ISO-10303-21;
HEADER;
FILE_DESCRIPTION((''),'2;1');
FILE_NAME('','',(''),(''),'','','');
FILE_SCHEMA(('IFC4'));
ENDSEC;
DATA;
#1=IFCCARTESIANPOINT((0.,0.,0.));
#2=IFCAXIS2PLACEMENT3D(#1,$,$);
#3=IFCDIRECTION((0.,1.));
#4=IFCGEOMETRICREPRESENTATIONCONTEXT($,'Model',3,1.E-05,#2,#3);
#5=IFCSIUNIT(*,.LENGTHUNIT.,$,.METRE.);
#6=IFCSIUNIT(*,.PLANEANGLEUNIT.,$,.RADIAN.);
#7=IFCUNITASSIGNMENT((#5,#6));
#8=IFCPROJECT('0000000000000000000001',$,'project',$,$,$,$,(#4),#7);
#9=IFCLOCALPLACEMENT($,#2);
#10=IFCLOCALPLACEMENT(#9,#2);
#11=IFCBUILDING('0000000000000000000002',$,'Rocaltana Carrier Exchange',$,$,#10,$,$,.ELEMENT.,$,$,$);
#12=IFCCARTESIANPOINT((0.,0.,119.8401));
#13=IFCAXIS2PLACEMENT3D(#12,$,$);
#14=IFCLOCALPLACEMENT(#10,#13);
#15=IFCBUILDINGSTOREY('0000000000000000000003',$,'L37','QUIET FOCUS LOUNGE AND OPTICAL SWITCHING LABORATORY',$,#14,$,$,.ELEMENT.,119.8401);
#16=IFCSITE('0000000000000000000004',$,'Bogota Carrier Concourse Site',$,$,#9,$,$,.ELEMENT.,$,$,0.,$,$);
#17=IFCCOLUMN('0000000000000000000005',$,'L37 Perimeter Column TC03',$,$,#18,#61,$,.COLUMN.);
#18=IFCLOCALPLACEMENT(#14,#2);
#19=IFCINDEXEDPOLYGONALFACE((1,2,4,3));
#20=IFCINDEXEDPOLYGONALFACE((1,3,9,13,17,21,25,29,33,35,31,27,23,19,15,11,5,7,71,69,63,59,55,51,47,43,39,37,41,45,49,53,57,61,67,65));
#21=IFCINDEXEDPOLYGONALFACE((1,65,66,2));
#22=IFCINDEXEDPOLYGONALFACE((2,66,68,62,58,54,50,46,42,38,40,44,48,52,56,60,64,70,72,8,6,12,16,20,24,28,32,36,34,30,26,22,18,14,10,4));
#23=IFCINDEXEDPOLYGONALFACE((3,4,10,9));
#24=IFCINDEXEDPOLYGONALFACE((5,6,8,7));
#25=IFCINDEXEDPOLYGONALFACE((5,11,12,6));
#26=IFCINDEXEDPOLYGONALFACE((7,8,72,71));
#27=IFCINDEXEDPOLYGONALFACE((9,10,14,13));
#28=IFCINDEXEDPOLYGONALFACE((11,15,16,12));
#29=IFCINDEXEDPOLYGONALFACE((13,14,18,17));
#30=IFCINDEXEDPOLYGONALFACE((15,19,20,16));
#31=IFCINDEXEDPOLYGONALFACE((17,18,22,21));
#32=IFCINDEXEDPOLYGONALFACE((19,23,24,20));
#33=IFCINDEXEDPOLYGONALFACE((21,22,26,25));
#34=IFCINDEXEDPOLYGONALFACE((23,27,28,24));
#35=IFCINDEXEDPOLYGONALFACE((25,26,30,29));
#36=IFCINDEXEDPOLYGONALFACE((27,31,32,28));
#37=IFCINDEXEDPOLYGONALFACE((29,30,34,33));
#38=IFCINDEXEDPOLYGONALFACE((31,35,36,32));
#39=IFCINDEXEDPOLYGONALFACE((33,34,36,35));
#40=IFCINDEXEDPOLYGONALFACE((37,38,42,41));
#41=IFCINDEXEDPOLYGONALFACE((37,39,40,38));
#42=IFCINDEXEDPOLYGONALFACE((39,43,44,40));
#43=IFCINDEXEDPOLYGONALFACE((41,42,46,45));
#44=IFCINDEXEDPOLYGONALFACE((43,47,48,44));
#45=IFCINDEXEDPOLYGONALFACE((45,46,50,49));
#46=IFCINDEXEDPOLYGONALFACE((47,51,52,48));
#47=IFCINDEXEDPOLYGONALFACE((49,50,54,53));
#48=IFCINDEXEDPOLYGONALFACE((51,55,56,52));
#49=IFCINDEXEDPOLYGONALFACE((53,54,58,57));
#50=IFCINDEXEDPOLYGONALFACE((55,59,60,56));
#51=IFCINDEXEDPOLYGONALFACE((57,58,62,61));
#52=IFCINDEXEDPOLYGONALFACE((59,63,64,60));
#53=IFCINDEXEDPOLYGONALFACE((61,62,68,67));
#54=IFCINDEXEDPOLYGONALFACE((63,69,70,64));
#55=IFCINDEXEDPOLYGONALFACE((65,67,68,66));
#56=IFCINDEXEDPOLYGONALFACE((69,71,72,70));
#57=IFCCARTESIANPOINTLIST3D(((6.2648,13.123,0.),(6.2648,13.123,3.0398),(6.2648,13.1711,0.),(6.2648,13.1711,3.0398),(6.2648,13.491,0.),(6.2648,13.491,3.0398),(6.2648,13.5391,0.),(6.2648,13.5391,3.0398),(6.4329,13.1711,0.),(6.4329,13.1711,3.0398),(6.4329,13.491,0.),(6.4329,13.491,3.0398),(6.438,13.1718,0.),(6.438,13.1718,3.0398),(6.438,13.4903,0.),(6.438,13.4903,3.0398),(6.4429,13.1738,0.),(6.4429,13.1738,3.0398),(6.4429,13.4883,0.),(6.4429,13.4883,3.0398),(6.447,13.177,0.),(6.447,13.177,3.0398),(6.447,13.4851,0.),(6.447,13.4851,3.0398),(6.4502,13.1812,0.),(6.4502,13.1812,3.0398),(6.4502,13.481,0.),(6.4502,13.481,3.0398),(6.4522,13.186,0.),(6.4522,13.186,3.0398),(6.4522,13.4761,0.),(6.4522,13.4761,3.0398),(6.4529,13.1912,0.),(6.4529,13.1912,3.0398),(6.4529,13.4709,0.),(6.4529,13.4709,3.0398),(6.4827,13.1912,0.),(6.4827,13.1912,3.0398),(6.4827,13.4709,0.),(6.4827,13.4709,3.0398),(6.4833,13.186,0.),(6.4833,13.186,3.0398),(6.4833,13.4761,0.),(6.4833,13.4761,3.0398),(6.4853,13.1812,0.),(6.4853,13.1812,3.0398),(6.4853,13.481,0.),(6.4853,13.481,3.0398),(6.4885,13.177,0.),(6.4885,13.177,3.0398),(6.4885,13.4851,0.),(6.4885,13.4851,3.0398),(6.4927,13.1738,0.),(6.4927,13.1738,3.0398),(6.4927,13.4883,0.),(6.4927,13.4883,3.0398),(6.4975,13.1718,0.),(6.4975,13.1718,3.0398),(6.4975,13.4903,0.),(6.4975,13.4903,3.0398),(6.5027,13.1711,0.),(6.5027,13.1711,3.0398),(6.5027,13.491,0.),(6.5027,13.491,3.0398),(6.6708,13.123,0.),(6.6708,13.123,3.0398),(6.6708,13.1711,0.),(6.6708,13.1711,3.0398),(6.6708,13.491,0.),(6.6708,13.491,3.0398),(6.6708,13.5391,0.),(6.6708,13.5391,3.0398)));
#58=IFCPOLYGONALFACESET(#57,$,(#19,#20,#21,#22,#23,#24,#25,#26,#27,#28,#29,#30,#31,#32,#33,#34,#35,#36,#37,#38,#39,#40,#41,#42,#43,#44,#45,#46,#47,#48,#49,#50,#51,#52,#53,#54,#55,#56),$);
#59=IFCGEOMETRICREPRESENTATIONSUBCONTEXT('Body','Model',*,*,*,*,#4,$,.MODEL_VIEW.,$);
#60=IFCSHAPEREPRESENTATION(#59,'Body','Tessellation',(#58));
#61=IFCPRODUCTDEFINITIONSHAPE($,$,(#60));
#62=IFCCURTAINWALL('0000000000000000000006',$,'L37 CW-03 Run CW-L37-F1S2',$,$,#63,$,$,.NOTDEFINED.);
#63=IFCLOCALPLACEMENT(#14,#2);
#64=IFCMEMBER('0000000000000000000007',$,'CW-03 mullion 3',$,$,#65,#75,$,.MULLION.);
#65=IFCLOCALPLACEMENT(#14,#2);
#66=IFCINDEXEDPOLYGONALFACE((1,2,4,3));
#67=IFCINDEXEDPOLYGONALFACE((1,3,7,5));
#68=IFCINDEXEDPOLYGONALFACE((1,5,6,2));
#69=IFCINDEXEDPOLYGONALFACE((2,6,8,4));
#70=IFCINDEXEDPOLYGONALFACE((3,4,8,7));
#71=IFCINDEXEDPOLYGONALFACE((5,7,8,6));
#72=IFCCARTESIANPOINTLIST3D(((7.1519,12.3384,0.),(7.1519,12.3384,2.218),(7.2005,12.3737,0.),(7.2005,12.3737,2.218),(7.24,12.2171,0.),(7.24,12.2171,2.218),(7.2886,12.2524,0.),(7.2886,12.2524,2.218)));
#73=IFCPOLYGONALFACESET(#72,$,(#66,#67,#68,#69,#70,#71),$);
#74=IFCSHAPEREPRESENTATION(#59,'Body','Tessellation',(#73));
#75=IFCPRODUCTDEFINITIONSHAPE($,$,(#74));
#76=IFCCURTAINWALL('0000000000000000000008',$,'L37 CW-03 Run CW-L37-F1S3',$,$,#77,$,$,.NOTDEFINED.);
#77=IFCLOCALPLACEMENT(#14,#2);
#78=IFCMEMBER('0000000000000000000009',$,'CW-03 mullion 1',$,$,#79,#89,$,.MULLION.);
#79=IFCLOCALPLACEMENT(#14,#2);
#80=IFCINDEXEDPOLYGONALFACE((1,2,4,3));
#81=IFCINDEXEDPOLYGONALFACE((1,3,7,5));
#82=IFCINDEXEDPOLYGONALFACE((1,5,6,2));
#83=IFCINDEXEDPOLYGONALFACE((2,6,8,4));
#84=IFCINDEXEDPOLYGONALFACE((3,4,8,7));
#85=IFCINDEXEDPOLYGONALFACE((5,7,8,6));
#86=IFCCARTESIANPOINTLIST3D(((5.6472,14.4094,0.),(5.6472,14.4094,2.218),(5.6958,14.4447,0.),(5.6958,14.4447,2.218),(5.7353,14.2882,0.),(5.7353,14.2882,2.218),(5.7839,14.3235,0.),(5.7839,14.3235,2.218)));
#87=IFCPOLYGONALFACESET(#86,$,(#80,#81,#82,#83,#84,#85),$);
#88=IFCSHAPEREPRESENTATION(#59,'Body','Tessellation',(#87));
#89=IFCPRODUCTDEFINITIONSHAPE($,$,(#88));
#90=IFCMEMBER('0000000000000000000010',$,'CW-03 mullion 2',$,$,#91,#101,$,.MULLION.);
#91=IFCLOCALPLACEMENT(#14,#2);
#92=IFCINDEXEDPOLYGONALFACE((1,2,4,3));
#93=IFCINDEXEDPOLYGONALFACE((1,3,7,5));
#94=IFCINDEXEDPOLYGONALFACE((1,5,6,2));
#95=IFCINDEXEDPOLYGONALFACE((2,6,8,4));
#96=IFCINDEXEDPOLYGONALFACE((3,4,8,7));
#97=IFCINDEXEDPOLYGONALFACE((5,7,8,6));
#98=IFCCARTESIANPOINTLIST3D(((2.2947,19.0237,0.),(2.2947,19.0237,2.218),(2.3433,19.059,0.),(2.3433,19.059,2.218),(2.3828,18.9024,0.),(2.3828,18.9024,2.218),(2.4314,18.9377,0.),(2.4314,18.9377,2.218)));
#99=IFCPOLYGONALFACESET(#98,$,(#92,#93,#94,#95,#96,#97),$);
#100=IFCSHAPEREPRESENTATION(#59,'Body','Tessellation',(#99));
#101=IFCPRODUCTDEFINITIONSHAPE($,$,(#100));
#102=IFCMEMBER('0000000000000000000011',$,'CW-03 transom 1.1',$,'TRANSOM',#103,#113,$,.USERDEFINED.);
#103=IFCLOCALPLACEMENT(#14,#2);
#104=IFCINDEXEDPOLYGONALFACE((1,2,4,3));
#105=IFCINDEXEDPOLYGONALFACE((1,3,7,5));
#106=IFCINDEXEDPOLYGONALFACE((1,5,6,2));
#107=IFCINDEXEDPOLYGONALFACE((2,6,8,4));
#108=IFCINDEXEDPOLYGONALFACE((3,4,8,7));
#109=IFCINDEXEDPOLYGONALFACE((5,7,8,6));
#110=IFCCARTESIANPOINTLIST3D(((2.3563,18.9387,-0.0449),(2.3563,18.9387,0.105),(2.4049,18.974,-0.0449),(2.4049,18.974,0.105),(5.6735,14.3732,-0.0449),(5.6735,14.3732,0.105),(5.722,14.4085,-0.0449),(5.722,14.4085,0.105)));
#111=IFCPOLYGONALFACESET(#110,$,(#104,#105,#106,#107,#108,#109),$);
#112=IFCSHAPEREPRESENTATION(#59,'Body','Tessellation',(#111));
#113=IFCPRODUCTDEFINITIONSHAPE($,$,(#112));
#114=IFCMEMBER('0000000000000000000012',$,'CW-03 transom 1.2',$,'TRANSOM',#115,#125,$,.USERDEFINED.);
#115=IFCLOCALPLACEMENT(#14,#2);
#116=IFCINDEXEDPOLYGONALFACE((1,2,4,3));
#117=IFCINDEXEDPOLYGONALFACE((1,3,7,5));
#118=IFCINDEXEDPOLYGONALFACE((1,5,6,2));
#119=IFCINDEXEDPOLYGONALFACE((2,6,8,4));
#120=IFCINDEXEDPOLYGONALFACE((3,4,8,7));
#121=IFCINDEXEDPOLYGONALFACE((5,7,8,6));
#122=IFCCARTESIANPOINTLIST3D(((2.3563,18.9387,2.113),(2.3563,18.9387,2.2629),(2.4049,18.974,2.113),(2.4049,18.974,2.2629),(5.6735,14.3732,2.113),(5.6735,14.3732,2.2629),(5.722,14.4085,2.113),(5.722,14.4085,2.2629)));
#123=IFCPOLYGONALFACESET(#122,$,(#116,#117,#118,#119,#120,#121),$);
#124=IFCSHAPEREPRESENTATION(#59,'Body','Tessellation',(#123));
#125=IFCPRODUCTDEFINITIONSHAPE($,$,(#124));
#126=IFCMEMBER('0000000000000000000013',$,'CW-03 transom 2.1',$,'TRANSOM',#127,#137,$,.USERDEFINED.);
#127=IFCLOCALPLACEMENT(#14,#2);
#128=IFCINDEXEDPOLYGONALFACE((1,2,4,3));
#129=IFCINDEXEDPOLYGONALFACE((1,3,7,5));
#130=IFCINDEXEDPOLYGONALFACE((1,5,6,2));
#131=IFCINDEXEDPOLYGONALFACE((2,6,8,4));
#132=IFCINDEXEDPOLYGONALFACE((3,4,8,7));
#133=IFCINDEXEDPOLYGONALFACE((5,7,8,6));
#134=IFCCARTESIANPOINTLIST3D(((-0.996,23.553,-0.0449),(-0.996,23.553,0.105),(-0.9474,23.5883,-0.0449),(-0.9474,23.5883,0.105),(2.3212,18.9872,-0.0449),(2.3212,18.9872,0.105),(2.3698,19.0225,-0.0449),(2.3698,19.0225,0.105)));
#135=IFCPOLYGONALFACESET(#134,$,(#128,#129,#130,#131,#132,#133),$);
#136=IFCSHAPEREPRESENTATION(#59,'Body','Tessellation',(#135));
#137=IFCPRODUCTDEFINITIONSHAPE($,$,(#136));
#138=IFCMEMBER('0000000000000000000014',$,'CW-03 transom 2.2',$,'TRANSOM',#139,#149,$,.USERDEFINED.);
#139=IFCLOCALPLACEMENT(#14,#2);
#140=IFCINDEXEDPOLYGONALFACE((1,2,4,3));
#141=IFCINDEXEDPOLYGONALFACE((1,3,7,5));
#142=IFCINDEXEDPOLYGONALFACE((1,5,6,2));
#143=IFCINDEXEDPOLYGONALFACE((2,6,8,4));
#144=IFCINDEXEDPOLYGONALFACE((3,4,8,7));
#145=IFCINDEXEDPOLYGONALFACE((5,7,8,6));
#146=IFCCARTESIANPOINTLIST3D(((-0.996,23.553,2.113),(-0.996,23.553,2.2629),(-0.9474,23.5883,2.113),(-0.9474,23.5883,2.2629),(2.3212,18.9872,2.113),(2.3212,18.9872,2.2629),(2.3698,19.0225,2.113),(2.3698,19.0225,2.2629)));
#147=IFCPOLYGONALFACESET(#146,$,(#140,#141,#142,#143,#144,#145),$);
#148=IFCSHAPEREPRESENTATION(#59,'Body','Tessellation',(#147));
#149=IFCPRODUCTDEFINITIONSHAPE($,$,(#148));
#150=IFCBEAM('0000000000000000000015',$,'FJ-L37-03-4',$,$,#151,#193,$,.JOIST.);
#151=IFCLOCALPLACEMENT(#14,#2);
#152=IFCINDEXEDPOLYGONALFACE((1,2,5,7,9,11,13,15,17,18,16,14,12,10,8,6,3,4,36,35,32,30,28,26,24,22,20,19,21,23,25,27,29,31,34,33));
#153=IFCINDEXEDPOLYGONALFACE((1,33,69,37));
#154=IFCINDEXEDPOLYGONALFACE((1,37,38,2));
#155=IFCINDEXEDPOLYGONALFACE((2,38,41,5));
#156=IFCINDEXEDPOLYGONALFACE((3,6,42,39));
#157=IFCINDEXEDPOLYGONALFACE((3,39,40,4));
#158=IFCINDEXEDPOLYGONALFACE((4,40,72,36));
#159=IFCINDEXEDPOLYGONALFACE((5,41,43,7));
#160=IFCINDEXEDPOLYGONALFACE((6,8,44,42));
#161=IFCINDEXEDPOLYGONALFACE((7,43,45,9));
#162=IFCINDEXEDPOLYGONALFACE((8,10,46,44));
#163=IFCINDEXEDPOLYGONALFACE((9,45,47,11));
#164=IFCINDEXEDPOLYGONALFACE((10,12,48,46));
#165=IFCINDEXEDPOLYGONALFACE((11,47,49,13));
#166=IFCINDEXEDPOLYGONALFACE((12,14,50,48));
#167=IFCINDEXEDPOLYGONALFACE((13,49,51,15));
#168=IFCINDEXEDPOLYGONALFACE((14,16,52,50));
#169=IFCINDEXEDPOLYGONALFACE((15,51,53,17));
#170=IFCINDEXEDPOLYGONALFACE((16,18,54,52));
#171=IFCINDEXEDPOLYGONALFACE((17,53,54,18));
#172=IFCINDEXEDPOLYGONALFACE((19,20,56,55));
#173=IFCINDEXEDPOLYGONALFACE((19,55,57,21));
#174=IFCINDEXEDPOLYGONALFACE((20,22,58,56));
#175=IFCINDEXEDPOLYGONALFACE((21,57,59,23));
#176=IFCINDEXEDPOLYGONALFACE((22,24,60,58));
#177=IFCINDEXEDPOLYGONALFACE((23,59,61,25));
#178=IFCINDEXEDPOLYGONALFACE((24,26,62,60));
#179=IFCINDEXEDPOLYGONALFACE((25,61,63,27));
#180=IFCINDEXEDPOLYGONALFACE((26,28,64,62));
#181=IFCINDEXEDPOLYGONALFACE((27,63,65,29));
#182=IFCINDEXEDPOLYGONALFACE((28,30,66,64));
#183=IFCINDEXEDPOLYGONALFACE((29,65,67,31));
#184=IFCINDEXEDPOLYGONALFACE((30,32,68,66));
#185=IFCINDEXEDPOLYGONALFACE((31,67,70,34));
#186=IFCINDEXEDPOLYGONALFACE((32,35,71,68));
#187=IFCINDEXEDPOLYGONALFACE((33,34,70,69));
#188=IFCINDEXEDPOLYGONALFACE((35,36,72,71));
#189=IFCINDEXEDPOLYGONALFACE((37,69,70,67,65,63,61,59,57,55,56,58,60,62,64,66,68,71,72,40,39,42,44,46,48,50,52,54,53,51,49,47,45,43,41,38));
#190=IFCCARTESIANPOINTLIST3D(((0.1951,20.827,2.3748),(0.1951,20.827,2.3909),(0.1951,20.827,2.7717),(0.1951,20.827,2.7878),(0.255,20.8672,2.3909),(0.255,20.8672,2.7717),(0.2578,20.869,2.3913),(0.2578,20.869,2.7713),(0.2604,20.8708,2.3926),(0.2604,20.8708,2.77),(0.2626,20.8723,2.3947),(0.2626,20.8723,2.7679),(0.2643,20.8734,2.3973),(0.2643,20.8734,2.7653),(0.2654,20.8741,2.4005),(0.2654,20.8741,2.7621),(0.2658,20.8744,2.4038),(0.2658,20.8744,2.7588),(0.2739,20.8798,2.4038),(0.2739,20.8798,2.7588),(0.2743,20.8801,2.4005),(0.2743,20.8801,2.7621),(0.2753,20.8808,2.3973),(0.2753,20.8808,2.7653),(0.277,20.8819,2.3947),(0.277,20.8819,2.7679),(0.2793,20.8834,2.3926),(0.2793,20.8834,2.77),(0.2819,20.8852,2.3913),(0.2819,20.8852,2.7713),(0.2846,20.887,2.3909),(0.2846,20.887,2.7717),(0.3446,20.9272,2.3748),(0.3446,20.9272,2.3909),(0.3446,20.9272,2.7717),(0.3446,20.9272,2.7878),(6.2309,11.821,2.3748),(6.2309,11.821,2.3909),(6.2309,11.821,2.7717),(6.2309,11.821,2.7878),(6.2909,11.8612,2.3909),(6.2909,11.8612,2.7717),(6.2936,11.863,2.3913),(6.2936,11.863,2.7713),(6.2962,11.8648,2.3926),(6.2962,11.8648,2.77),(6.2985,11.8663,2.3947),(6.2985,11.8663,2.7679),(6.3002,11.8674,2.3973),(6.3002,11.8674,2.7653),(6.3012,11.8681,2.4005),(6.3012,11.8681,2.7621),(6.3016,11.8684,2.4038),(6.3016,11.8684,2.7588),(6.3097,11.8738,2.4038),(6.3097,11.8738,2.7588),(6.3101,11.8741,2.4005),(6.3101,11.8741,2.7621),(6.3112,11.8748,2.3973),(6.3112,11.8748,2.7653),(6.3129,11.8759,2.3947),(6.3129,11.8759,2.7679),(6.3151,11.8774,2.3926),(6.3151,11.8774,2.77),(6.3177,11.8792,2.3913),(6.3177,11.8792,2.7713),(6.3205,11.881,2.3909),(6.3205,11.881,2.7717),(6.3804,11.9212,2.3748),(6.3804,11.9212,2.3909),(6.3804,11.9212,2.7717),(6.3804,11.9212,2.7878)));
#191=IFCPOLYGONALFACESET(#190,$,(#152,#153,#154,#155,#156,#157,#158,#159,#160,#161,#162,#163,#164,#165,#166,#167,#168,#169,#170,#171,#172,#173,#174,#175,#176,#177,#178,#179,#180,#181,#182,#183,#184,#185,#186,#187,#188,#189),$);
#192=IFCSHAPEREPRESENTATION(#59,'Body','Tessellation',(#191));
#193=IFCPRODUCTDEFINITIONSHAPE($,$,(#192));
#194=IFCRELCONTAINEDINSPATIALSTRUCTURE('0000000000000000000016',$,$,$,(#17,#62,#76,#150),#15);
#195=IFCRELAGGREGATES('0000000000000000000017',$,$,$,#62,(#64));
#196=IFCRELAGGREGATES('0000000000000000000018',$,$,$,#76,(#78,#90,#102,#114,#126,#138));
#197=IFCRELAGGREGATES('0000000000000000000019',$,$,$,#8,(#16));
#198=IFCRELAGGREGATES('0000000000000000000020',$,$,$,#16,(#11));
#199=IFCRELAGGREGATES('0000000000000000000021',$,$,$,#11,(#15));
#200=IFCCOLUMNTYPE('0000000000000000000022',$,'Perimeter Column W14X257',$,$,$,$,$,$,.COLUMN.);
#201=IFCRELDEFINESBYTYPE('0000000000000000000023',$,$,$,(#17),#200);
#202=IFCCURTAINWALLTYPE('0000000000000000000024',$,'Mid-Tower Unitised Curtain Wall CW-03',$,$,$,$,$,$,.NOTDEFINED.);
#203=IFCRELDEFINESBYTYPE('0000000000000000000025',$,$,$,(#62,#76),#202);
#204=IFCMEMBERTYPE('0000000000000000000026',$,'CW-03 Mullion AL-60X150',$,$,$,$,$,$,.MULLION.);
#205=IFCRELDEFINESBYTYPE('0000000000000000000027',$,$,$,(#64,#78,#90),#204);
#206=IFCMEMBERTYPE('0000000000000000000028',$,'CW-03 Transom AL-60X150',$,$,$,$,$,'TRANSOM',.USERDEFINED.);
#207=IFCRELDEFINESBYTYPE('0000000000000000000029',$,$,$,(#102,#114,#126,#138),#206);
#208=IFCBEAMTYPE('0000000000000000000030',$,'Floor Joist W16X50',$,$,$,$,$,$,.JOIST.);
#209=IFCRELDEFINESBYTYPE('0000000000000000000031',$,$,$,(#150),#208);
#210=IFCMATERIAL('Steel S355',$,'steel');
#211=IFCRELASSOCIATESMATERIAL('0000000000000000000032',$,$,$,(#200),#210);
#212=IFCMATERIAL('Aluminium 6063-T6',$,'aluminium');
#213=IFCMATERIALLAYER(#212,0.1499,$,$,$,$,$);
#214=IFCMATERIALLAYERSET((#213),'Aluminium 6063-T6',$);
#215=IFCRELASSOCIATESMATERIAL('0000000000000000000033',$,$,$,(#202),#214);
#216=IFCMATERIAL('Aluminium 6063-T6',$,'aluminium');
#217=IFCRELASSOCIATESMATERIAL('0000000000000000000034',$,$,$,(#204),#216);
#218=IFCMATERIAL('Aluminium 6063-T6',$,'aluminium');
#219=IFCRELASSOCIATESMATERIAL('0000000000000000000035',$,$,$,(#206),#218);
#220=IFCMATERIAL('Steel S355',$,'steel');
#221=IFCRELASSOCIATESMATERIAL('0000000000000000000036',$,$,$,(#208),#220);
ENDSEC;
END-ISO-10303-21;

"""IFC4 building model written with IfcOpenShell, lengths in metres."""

from ifc_helpers import new_model, si_unit, direction, frame, origin, origin_2d, place, context, subcontext, project, spatial, rectangle, i_section, extrude, material, layer, layer_set, material_profile, profile_set, type_object, element, aggregate, save


model = new_model("IFC4")

# Units and contexts
model_context = context("Model", 3, precision=1e-05, world=origin(), true_north=direction((0.0, 1.0)))
body_context = subcontext(model_context, "Body", "Model", "MODEL_VIEW")
ifc_project = project(units=[si_unit("LENGTHUNIT", "METRE"), si_unit("PLANEANGLEUNIT", "RADIAN")], contexts=[model_context])

# Site, building, storey
site_placement = place(None, origin())
site = spatial("IfcSite", under=ifc_project, at=site_placement, Name="Bogota Carrier Concourse Site", CompositionType="ELEMENT", RefElevation=0.0)
building_placement = place(site_placement, origin())
building = spatial("IfcBuilding", under=site, at=building_placement, Name="Rocaltana Carrier Exchange", CompositionType="ELEMENT")
storey_placement = place(building_placement, frame((0.0, 0.0, 119.8401)))
storey = spatial("IfcBuildingStorey", under=building, at=storey_placement, Name="L37", Description="QUIET FOCUS LOUNGE AND OPTICAL SWITCHING LABORATORY", CompositionType="ELEMENT", Elevation=119.8401)

# Column
ifc_material_1 = material(Name="Steel S355", Category="steel")
ifc_material_profile_1 = material_profile(ifc_material_1, i_section(OverallWidth=0.406, OverallDepth=0.416, WebThickness=0.0298, FlangeThickness=0.0481, FilletRadius=0.02, at=origin_2d()), Name="W14X257")
ifc_profile_set_1 = profile_set([ifc_material_profile_1], Name="Steel S355")
column_type = type_object("IfcColumnType", Name="Perimeter Column W14X257", PredefinedType="COLUMN", material=ifc_profile_set_1)
column_placement = place(storey_placement, frame((6.4678, 13.3311, 0.0), z_axis=(0.0, 0.0, 1.0), x_axis=(1.0, 0.0, 0.0)))
element("IfcColumn", 1, at=column_placement, inside=storey, type_object=column_type, Name="L37 Perimeter Column TC03", PredefinedType="COLUMN", context=body_context, shape_type="SweptSolid", body=[
    extrude(i_section(OverallWidth=0.406, OverallDepth=0.416, WebThickness=0.0298, FlangeThickness=0.0481, FilletRadius=0.02, at=origin_2d()), origin(), (0.0, 0.0, 1.0), 3.0398),
])

# Curtain wall, member
ifc_material_2 = material(Name="Aluminium 6063-T6", Category="aluminium")
ifc_layer_1 = layer(ifc_material_2, 0.1499)
ifc_layer_set_1 = layer_set([ifc_layer_1], Name="Aluminium 6063-T6")
curtain_wall_type = type_object("IfcCurtainWallType", Name="Mid-Tower Unitised Curtain Wall CW-03", PredefinedType="NOTDEFINED", material=ifc_layer_set_1)
curtain_wall_1_placement = place(storey_placement, origin())
curtain_wall_1 = element("IfcCurtainWall", 2, at=curtain_wall_1_placement, inside=storey, type_object=curtain_wall_type, Name="L37 CW-03 Run CW-L37-F1S2", PredefinedType="NOTDEFINED")
ifc_material_3 = material(Name="Aluminium 6063-T6", Category="aluminium")
ifc_material_profile_2 = material_profile(ifc_material_3, rectangle(XDim=0.0601, YDim=0.1499, at=origin_2d()), Name="AL-60X150")
ifc_profile_set_2 = profile_set([ifc_material_profile_2], Name="Aluminium 6063-T6")
member_type_1 = type_object("IfcMemberType", Name="CW-03 Mullion AL-60X150", PredefinedType="MULLION", material=ifc_profile_set_2)
member_1_placement = place(storey_placement, frame((7.2202, 12.2954, 0.0), z_axis=(0.0, 0.0, 1.0), x_axis=(-0.809014, -0.58779, 0.0)))
member_1 = element("IfcMember", 3, at=member_1_placement, type_object=member_type_1, Name="CW-03 mullion 3", PredefinedType="MULLION", context=body_context, shape_type="SweptSolid", body=[
    extrude(rectangle(XDim=0.0601, YDim=0.1499, at=origin_2d()), origin(), (0.0, 0.0, 1.0), 2.218),
])

# Curtain wall, members
curtain_wall_2_placement = place(storey_placement, origin())
curtain_wall_2 = element("IfcCurtainWall", 4, at=curtain_wall_2_placement, inside=storey, type_object=curtain_wall_type, Name="L37 CW-03 Run CW-L37-F1S3", PredefinedType="NOTDEFINED")
member_2_placement = place(storey_placement, frame((5.7156, 14.3665, 0.0), z_axis=(0.0, 0.0, 1.0), x_axis=(-0.809014, -0.58779, 0.0)))
member_2 = element("IfcMember", 5, at=member_2_placement, type_object=member_type_1, Name="CW-03 mullion 1", PredefinedType="MULLION", context=body_context, shape_type="SweptSolid", body=[
    extrude(rectangle(XDim=0.0601, YDim=0.1499, at=origin_2d()), origin(), (0.0, 0.0, 1.0), 2.218),
])
member_3_placement = place(storey_placement, frame((2.363, 18.9807, 0.0), z_axis=(0.0, 0.0, 1.0), x_axis=(-0.809014, -0.58779, 0.0)))
member_3 = element("IfcMember", 6, at=member_3_placement, type_object=member_type_1, Name="CW-03 mullion 2", PredefinedType="MULLION", context=body_context, shape_type="SweptSolid", body=[
    extrude(rectangle(XDim=0.0601, YDim=0.1499, at=origin_2d()), origin(), (0.0, 0.0, 1.0), 2.218),
])
ifc_material_4 = material(Name="Aluminium 6063-T6", Category="aluminium")
ifc_material_profile_3 = material_profile(ifc_material_4, rectangle(XDim=0.0601, YDim=0.1499, at=origin_2d()), Name="AL-60X150")
ifc_profile_set_3 = profile_set([ifc_material_profile_3], Name="Aluminium 6063-T6")
member_type_2 = type_object("IfcMemberType", Name="CW-03 Transom AL-60X150", ElementType="TRANSOM", PredefinedType="USERDEFINED", material=ifc_profile_set_3)
member_4_placement = place(storey_placement, frame((5.6978, 14.3909, 0.03), z_axis=(-0.587804, 0.809004, 0.0), x_axis=(-0.809004, -0.587804, 0.0)))
member_4 = element("IfcMember", 7, at=member_4_placement, type_object=member_type_2, Name="CW-03 transom 1.1", ObjectType="TRANSOM", PredefinedType="USERDEFINED", context=body_context, shape_type="SweptSolid", body=[
    extrude(rectangle(XDim=0.0601, YDim=0.1499, at=origin_2d()), origin(), (0.0, 0.0, 1.0), 5.6433),
])
member_5_placement = place(storey_placement, frame((5.6978, 14.3909, 2.188), z_axis=(-0.587804, 0.809004, 0.0), x_axis=(-0.809004, -0.587804, 0.0)))
member_5 = element("IfcMember", 8, at=member_5_placement, type_object=member_type_2, Name="CW-03 transom 1.2", ObjectType="TRANSOM", PredefinedType="USERDEFINED", context=body_context, shape_type="SweptSolid", body=[
    extrude(rectangle(XDim=0.0601, YDim=0.1499, at=origin_2d()), origin(), (0.0, 0.0, 1.0), 5.6433),
])
member_6_placement = place(storey_placement, frame((2.3455, 19.0049, 0.03), z_axis=(-0.587783, 0.809018, 0.0), x_axis=(-0.809018, -0.587783, 0.0)))
member_6 = element("IfcMember", 9, at=member_6_placement, type_object=member_type_2, Name="CW-03 transom 2.1", ObjectType="TRANSOM", PredefinedType="USERDEFINED", context=body_context, shape_type="SweptSolid", body=[
    extrude(rectangle(XDim=0.0601, YDim=0.1499, at=origin_2d()), origin(), (0.0, 0.0, 1.0), 5.6436),
])
member_7_placement = place(storey_placement, frame((2.3455, 19.0049, 2.188), z_axis=(-0.587783, 0.809018, 0.0), x_axis=(-0.809018, -0.587783, 0.0)))
member_7 = element("IfcMember", 10, at=member_7_placement, type_object=member_type_2, Name="CW-03 transom 2.2", ObjectType="TRANSOM", PredefinedType="USERDEFINED", context=body_context, shape_type="SweptSolid", body=[
    extrude(rectangle(XDim=0.0601, YDim=0.1499, at=origin_2d()), origin(), (0.0, 0.0, 1.0), 5.6436),
])

# Beam
ifc_material_5 = material(Name="Steel S355", Category="steel")
ifc_material_profile_4 = material_profile(ifc_material_5, i_section(OverallWidth=0.1799, OverallDepth=0.4131, WebThickness=0.0098, FlangeThickness=0.0161, FilletRadius=0.0129, at=origin_2d()), Name="W16X50")
ifc_profile_set_4 = profile_set([ifc_material_profile_4], Name="Steel S355")
beam_type_1 = type_object("IfcBeamType", Name="Floor Joist W16X50", PredefinedType="JOIST", material=ifc_profile_set_4)
beam_1_placement = place(storey_placement, frame((6.3057, 11.8711, 2.5813), z_axis=(-0.55673, 0.830693, 0.0), x_axis=(-0.830693, -0.55673, 0.0)))
element("IfcBeam", 11, at=beam_1_placement, inside=storey, type_object=beam_type_1, Name="FJ-L37-03-4", PredefinedType="JOIST", context=body_context, shape_type="SweptSolid", body=[
    extrude(i_section(OverallWidth=0.1799, OverallDepth=0.4131, WebThickness=0.0098, FlangeThickness=0.0161, FilletRadius=0.0129, at=origin_2d()), origin(), (0.0, 0.0, 1.0), 10.8416),
])

aggregate(curtain_wall_1, [member_1])
aggregate(curtain_wall_2, [member_2, member_3, member_4, member_5, member_6, member_7])

save(model, "model.ifc")
